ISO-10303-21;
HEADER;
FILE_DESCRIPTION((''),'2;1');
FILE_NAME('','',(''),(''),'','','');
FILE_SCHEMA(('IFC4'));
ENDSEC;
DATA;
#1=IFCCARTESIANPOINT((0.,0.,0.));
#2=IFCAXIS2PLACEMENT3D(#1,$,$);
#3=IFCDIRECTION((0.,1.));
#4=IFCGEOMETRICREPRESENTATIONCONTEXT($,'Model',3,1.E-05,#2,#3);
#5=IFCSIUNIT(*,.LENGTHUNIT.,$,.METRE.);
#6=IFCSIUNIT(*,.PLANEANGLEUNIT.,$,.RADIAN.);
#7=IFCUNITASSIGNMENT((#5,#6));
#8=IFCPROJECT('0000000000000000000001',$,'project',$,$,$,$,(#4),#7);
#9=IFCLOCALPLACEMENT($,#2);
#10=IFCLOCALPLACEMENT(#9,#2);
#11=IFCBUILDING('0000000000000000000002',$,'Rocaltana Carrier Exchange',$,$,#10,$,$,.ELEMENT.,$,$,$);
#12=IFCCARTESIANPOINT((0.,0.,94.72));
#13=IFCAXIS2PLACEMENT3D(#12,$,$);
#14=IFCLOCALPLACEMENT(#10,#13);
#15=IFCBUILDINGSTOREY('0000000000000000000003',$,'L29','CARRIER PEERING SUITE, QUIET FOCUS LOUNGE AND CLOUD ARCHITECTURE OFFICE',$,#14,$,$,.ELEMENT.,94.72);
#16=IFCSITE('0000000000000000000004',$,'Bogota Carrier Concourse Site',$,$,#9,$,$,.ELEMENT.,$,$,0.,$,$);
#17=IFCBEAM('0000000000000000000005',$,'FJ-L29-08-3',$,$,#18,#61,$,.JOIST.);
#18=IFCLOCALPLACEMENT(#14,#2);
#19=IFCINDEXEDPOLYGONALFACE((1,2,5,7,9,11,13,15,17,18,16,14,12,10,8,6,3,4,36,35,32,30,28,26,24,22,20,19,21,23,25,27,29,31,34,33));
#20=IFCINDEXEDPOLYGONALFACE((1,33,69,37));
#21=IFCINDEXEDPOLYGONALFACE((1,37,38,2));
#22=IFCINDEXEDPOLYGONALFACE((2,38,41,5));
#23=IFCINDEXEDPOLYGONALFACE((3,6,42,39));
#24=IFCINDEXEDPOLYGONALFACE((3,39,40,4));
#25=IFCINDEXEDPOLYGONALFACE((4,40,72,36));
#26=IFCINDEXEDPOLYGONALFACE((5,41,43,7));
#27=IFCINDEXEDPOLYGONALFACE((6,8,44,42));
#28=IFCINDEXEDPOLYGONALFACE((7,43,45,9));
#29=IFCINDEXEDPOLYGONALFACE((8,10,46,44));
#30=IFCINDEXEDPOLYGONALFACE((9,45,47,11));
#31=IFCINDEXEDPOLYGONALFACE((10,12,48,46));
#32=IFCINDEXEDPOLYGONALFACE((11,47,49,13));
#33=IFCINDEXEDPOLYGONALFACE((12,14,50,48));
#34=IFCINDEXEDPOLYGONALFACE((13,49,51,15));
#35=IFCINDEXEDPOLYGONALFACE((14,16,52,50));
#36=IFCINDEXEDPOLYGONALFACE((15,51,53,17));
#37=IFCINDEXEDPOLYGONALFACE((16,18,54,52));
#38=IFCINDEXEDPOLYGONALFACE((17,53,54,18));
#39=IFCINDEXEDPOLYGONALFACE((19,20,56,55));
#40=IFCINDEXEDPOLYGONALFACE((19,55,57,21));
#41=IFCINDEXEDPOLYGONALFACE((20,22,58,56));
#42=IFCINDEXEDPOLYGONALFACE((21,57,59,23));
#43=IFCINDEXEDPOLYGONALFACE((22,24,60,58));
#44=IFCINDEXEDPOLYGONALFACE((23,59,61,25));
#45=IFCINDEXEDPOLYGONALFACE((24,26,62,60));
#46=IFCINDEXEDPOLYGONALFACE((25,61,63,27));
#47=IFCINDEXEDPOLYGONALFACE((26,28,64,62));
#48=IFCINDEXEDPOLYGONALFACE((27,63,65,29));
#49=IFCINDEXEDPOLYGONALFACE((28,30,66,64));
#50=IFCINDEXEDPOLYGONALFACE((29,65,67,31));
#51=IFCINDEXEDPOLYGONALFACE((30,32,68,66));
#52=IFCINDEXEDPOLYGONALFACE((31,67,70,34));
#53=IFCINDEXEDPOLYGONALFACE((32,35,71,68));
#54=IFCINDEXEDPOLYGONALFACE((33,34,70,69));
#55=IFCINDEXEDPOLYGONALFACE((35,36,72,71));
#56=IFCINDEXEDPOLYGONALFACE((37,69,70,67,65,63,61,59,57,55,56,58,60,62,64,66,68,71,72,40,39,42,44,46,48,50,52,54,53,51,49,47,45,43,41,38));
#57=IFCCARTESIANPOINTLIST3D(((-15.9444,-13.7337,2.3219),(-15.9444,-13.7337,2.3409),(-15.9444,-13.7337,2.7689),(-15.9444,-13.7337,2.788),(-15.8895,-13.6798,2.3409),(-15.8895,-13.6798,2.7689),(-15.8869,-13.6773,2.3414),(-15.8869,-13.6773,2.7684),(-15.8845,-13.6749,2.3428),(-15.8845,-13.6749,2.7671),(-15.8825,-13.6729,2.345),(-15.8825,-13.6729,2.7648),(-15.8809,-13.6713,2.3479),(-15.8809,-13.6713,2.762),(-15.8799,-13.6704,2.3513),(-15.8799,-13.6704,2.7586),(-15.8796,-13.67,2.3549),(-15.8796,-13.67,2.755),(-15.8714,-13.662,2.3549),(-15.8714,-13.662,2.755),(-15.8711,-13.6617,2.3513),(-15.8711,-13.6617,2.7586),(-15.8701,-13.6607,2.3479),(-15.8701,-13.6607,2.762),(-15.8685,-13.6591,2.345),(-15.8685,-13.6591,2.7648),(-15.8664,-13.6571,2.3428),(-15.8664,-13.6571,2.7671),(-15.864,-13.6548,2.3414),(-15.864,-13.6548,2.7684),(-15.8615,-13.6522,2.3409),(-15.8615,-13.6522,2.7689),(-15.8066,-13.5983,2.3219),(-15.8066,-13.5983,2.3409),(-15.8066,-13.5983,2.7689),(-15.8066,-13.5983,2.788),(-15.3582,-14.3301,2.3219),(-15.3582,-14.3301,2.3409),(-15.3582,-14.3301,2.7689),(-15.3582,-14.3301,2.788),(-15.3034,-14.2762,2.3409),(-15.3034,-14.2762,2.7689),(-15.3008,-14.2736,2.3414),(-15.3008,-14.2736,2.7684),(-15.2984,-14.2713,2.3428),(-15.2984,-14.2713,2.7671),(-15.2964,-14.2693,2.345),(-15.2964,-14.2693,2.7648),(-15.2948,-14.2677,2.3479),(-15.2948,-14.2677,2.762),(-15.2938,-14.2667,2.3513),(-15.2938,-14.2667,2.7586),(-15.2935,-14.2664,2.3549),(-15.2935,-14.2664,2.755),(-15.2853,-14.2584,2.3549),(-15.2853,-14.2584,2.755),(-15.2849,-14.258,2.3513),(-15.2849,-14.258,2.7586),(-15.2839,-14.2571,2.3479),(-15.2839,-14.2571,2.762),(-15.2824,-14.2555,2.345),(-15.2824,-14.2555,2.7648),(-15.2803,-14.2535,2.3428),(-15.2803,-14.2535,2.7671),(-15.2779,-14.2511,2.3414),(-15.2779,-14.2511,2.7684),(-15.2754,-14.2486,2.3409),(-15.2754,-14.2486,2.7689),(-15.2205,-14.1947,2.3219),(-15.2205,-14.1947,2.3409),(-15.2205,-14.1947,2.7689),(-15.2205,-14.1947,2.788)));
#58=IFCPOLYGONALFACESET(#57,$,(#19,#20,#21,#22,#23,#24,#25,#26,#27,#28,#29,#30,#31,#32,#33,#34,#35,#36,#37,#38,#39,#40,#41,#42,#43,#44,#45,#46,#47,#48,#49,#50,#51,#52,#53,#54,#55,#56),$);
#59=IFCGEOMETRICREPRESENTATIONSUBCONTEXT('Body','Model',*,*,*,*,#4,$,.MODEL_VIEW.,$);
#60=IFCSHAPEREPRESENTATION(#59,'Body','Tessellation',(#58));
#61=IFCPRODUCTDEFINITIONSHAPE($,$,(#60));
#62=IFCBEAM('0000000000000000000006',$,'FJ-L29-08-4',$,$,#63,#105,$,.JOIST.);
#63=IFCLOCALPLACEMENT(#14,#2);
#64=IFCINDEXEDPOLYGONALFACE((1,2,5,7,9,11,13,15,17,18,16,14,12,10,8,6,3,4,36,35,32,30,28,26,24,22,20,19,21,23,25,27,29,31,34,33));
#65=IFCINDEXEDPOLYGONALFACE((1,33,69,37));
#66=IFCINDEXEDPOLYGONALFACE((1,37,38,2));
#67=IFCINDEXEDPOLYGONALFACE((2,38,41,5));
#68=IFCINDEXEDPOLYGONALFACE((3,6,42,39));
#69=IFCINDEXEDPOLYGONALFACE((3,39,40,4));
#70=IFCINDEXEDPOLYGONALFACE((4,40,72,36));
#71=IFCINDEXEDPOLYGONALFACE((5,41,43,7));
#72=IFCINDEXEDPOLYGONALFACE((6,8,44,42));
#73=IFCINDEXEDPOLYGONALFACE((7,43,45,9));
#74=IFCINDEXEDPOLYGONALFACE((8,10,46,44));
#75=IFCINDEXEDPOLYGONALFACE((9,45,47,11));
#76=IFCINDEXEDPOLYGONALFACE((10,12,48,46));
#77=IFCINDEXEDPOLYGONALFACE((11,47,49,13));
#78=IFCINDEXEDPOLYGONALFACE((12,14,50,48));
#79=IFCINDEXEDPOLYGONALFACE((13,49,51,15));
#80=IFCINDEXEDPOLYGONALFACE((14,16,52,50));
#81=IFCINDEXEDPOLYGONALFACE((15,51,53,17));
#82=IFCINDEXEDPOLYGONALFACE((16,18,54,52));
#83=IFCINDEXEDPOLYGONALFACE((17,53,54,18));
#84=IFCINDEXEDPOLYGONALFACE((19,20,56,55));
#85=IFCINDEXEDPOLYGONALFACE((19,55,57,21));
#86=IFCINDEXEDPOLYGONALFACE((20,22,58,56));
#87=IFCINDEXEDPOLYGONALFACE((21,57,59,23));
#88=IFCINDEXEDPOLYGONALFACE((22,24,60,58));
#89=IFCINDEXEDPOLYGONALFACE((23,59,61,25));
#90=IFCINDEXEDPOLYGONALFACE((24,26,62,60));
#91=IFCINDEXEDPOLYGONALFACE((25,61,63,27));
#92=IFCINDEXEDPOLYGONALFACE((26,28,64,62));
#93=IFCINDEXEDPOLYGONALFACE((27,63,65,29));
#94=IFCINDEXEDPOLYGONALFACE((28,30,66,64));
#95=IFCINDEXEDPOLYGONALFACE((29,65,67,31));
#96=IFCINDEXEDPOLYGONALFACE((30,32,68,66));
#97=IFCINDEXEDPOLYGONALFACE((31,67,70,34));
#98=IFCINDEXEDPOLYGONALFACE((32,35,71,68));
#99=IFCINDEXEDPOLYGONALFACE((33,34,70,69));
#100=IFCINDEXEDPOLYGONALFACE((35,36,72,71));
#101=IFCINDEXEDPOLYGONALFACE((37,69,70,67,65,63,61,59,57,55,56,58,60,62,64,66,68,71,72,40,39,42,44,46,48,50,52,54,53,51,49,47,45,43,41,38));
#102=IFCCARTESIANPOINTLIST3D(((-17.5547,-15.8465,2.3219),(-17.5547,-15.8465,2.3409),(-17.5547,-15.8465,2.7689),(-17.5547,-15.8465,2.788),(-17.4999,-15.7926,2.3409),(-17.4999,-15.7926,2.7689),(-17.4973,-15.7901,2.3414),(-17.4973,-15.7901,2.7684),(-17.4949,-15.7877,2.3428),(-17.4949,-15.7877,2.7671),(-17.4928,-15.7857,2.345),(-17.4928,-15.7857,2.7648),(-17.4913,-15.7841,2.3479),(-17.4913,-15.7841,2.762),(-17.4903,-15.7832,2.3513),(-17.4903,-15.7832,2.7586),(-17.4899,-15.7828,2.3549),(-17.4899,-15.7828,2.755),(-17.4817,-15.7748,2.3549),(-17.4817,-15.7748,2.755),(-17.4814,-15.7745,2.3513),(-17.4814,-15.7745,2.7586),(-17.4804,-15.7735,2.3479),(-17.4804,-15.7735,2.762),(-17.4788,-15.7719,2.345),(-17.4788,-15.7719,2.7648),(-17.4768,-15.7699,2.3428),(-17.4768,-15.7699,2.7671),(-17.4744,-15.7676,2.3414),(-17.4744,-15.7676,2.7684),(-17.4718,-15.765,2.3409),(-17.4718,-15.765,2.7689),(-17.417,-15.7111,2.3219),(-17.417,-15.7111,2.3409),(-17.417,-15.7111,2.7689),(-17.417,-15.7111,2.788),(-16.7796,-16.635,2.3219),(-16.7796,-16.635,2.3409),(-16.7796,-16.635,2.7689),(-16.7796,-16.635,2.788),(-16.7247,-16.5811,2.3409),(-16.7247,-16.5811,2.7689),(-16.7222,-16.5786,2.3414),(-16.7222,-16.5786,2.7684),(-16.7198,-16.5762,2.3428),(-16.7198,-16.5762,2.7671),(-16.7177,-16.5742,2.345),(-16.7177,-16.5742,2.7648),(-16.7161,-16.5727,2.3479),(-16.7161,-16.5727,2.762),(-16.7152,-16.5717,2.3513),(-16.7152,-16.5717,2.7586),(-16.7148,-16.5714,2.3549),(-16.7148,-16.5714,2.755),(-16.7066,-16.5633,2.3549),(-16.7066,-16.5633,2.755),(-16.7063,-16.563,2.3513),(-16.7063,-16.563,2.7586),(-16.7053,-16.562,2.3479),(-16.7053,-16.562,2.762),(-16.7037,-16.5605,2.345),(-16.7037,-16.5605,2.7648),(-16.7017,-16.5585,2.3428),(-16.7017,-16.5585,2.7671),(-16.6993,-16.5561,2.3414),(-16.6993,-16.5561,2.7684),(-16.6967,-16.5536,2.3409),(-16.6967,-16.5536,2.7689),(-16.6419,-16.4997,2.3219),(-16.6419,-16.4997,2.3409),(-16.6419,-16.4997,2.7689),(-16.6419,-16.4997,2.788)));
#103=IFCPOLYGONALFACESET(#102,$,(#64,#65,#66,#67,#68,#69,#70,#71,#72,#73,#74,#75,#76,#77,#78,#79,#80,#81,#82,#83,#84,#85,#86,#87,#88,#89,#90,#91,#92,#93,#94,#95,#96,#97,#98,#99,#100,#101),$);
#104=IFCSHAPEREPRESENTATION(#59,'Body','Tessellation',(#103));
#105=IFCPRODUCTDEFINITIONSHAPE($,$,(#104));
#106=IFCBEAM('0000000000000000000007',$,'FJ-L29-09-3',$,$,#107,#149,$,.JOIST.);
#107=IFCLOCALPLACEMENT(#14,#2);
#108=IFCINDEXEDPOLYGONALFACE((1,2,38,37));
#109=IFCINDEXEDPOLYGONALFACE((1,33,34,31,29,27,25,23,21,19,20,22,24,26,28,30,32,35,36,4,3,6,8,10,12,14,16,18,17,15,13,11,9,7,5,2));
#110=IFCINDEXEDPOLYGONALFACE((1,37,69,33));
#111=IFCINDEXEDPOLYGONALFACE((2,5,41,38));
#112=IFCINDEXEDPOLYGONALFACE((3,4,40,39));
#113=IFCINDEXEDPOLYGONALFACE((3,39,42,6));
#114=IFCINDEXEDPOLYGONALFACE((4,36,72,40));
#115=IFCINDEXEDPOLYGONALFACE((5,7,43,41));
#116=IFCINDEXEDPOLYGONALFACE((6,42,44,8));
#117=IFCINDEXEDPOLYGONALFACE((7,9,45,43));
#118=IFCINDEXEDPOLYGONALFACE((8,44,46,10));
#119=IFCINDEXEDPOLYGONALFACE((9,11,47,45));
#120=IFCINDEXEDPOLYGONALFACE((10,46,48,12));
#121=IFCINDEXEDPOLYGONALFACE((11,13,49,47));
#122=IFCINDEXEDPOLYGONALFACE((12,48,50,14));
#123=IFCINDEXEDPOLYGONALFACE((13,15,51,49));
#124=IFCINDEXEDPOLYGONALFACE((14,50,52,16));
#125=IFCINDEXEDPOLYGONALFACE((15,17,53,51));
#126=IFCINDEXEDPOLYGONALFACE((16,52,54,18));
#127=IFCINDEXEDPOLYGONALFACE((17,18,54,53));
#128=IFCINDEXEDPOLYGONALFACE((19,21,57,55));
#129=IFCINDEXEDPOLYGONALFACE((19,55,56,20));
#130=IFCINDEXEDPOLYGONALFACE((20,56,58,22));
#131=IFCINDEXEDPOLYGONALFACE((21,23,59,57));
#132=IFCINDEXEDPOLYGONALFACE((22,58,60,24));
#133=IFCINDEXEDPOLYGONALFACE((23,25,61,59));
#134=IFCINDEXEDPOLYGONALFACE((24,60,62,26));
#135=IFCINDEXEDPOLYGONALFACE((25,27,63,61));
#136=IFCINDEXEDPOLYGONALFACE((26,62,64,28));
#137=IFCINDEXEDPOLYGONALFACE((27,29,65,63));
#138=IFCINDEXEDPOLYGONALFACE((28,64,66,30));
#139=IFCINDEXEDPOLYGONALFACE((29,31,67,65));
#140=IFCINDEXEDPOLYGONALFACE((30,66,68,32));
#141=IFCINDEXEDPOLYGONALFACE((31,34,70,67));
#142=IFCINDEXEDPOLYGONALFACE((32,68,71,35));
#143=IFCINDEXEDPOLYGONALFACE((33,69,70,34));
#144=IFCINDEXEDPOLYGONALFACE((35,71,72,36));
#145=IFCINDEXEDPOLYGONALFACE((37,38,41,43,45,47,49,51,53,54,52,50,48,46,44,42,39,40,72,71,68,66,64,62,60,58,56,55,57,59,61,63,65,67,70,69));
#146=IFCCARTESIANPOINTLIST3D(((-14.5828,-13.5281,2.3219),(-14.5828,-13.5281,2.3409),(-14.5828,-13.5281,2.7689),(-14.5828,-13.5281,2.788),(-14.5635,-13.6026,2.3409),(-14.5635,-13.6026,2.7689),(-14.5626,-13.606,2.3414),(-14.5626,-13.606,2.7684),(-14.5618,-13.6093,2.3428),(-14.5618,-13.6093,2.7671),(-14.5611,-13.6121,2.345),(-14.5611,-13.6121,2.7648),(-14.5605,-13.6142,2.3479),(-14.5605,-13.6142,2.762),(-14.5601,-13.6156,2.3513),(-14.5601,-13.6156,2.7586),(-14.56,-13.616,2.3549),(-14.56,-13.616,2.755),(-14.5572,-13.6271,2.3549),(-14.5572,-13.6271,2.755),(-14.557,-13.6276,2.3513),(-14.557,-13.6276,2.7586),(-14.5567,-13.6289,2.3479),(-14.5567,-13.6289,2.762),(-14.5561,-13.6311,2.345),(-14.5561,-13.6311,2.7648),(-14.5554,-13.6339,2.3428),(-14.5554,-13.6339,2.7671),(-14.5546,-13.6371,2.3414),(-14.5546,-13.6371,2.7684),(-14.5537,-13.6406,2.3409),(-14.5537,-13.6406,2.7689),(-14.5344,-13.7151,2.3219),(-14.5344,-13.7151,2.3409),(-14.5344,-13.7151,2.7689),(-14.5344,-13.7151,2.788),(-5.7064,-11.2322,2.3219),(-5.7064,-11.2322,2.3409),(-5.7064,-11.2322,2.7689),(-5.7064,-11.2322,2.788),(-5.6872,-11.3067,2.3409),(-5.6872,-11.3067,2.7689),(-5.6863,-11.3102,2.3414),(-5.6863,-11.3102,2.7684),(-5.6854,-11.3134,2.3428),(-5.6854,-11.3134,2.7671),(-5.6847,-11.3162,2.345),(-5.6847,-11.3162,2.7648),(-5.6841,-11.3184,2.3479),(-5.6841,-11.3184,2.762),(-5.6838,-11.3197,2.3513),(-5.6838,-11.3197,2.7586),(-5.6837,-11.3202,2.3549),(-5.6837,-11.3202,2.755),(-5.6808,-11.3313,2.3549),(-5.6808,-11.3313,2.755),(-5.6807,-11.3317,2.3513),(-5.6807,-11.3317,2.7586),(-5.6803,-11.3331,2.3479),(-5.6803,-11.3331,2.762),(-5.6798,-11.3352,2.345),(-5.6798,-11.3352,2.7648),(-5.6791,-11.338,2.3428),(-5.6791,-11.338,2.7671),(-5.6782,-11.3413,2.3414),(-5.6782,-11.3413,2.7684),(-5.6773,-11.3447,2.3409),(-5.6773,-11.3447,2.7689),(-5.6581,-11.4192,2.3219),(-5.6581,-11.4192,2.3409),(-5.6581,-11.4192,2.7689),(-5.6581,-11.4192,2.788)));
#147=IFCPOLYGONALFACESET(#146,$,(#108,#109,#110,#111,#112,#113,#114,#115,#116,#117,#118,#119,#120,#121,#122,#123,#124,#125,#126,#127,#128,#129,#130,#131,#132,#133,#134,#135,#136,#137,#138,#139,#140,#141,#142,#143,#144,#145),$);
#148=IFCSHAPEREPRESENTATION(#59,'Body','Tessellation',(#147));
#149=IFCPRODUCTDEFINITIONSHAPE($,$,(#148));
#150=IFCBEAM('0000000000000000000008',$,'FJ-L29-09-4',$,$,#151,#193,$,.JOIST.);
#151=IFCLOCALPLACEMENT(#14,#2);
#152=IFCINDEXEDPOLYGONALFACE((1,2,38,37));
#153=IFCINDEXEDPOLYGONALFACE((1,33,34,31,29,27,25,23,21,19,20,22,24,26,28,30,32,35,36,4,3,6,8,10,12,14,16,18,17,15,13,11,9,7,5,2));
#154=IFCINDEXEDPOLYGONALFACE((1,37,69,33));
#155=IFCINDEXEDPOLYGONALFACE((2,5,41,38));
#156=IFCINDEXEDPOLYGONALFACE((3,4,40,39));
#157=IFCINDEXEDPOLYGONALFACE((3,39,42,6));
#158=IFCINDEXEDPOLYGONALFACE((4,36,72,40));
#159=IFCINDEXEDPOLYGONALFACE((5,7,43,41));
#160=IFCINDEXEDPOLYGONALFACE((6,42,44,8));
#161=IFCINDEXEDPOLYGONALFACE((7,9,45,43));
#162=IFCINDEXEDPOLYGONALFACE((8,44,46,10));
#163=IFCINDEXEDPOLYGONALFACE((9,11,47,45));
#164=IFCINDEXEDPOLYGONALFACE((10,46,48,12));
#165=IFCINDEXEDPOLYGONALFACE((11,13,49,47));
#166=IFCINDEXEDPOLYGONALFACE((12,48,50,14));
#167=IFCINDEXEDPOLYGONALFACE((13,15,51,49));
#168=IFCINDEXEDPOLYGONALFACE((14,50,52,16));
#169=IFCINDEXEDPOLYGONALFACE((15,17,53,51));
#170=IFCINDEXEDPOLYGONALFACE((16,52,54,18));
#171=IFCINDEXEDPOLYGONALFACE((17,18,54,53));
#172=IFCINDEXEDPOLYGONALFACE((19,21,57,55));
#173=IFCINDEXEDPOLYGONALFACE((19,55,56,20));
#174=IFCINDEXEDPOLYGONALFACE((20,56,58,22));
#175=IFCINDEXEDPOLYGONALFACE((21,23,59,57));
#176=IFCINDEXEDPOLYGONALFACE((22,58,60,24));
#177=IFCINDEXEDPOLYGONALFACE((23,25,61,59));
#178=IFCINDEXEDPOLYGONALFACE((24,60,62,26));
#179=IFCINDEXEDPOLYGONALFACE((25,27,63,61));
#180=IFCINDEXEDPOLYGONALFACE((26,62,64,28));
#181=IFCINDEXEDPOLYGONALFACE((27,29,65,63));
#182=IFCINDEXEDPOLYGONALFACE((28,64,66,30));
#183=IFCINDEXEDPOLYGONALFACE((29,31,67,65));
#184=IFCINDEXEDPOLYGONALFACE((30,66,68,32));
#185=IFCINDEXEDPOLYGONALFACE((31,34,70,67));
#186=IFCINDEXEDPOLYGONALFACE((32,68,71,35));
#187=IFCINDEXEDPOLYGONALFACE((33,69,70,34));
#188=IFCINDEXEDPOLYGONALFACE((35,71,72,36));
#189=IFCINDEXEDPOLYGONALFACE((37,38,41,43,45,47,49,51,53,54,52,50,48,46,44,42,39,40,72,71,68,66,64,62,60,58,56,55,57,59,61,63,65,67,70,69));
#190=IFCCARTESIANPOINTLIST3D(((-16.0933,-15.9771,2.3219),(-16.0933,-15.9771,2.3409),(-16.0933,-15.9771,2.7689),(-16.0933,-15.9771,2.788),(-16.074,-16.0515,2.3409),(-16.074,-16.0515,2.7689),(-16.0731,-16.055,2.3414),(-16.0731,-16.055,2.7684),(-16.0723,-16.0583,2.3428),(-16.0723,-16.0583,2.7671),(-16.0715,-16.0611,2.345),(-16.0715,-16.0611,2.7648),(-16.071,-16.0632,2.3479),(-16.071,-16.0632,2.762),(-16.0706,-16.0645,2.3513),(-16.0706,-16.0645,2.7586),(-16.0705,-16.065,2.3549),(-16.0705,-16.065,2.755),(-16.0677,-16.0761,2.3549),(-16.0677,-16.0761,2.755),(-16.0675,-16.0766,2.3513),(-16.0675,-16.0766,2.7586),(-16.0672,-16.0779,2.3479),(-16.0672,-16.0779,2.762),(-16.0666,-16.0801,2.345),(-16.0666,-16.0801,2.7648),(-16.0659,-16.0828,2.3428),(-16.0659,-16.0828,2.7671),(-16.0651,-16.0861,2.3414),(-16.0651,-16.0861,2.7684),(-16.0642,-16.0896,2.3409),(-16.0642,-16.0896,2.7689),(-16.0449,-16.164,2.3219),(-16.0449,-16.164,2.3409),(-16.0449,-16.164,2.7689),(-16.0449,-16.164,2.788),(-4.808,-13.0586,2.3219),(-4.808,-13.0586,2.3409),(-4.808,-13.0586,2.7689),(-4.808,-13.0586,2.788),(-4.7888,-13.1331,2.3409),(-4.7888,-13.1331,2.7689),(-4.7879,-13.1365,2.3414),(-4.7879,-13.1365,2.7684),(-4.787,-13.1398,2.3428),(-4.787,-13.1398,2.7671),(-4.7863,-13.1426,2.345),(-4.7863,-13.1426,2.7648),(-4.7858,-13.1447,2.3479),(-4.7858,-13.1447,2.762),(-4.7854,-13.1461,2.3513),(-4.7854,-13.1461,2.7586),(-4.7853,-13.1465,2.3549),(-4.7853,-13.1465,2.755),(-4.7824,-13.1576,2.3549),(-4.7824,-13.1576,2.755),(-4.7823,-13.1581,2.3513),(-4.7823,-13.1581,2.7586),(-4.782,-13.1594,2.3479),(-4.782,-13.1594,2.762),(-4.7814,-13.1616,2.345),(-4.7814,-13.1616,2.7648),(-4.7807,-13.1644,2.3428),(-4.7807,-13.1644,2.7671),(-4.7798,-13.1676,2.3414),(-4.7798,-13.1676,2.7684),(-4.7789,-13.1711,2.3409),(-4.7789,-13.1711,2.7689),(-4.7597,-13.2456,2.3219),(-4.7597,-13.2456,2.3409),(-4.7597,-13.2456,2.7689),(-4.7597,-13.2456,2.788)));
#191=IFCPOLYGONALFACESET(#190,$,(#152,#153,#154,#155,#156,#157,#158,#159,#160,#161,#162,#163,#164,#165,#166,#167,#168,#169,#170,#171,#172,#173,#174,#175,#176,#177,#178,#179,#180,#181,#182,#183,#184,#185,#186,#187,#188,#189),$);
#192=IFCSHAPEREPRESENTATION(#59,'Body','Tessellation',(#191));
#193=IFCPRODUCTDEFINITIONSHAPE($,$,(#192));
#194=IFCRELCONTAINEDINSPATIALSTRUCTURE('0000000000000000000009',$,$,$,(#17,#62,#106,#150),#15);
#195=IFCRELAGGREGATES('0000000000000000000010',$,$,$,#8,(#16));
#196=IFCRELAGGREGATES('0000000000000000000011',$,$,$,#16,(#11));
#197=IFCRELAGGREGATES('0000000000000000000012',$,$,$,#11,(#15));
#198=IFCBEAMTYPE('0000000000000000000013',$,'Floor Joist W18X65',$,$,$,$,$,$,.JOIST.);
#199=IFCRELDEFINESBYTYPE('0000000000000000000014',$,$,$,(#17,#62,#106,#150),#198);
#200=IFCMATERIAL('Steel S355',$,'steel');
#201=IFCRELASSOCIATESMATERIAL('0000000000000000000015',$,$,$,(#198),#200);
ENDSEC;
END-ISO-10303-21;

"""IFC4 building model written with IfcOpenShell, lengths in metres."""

from ifc_helpers import new_model, si_unit, direction, frame, origin, origin_2d, place, context, subcontext, project, spatial, i_section, extrude, material, material_profile, profile_set, type_object, element, save


model = new_model("IFC4")

# Units and contexts
model_context = context("Model", 3, precision=1e-05, world=origin(), true_north=direction((0.0, 1.0)))
body_context = subcontext(model_context, "Body", "Model", "MODEL_VIEW")
ifc_project = project(units=[si_unit("LENGTHUNIT", "METRE"), si_unit("PLANEANGLEUNIT", "RADIAN")], contexts=[model_context])

# Site, building, storey
site_placement = place(None, origin())
site = spatial("IfcSite", under=ifc_project, at=site_placement, Name="Bogota Carrier Concourse Site", CompositionType="ELEMENT", RefElevation=0.0)
building_placement = place(site_placement, origin())
building = spatial("IfcBuilding", under=site, at=building_placement, Name="Rocaltana Carrier Exchange", CompositionType="ELEMENT")
storey_placement = place(building_placement, frame((0.0, 0.0, 94.72)))
storey = spatial("IfcBuildingStorey", under=building, at=storey_placement, Name="L29", Description="CARRIER PEERING SUITE, QUIET FOCUS LOUNGE AND CLOUD ARCHITECTURE OFFICE", CompositionType="ELEMENT", Elevation=94.72)

# Beams
ifc_material_1 = material(Name="Steel S355", Category="steel")
ifc_material_profile_1 = material_profile(ifc_material_1, i_section(OverallWidth=0.1931, OverallDepth=0.4661, WebThickness=0.0115, FlangeThickness=0.019, FilletRadius=0.0139, at=origin_2d()), Name="W18X65")
ifc_profile_set_1 = profile_set([ifc_material_profile_1], Name="Steel S355")
beam_type_1 = type_object("IfcBeamType", Name="Floor Joist W18X65", PredefinedType="JOIST", material=ifc_profile_set_1)
beam_1_placement = place(storey_placement, frame((-15.8755, -13.666, 2.5549), z_axis=(0.700949, -0.713211, 0.0), x_axis=(0.713211, 0.700949, 0.0)))
element("IfcBeam", 1, at=beam_1_placement, inside=storey, type_object=beam_type_1, Name="FJ-L29-08-3", PredefinedType="JOIST", context=body_context, shape_type="SweptSolid", body=[
    extrude(i_section(OverallWidth=0.1931, OverallDepth=0.4661, WebThickness=0.0115, FlangeThickness=0.019, FilletRadius=0.0139, at=origin_2d()), origin(), (0.0, 0.0, 1.0), 0.8362),
])
beam_2_placement = place(storey_placement, frame((-17.4858, -15.7788, 2.5549), z_axis=(0.701009, -0.713152, 0.0), x_axis=(0.713152, 0.701009, 0.0)))
element("IfcBeam", 2, at=beam_2_placement, inside=storey, type_object=beam_type_1, Name="FJ-L29-08-4", PredefinedType="JOIST", context=body_context, shape_type="SweptSolid", body=[
    extrude(i_section(OverallWidth=0.1931, OverallDepth=0.4661, WebThickness=0.0115, FlangeThickness=0.019, FilletRadius=0.0139, at=origin_2d()), origin(), (0.0, 0.0, 1.0), 1.1057),
])
beam_3_placement = place(storey_placement, frame((-14.5586, -13.6216, 2.5549), z_axis=(0.96814, 0.25041, 0.0), x_axis=(-0.25041, 0.96814, 0.0)))
element("IfcBeam", 3, at=beam_3_placement, inside=storey, type_object=beam_type_1, Name="FJ-L29-09-3", PredefinedType="JOIST", context=body_context, shape_type="SweptSolid", body=[
    extrude(i_section(OverallWidth=0.1931, OverallDepth=0.4661, WebThickness=0.0115, FlangeThickness=0.019, FilletRadius=0.0139, at=origin_2d()), origin(), (0.0, 0.0, 1.0), 9.1685),
])
beam_4_placement = place(storey_placement, frame((-16.0691, -16.0706, 2.5549), z_axis=(0.968149, 0.250373, 0.0), x_axis=(-0.250373, 0.968149, 0.0)))
element("IfcBeam", 4, at=beam_4_placement, inside=storey, type_object=beam_type_1, Name="FJ-L29-09-4", PredefinedType="JOIST", context=body_context, shape_type="SweptSolid", body=[
    extrude(i_section(OverallWidth=0.1931, OverallDepth=0.4661, WebThickness=0.0115, FlangeThickness=0.019, FilletRadius=0.0139, at=origin_2d()), origin(), (0.0, 0.0, 1.0), 11.6565),
])

save(model, "model.ifc")
